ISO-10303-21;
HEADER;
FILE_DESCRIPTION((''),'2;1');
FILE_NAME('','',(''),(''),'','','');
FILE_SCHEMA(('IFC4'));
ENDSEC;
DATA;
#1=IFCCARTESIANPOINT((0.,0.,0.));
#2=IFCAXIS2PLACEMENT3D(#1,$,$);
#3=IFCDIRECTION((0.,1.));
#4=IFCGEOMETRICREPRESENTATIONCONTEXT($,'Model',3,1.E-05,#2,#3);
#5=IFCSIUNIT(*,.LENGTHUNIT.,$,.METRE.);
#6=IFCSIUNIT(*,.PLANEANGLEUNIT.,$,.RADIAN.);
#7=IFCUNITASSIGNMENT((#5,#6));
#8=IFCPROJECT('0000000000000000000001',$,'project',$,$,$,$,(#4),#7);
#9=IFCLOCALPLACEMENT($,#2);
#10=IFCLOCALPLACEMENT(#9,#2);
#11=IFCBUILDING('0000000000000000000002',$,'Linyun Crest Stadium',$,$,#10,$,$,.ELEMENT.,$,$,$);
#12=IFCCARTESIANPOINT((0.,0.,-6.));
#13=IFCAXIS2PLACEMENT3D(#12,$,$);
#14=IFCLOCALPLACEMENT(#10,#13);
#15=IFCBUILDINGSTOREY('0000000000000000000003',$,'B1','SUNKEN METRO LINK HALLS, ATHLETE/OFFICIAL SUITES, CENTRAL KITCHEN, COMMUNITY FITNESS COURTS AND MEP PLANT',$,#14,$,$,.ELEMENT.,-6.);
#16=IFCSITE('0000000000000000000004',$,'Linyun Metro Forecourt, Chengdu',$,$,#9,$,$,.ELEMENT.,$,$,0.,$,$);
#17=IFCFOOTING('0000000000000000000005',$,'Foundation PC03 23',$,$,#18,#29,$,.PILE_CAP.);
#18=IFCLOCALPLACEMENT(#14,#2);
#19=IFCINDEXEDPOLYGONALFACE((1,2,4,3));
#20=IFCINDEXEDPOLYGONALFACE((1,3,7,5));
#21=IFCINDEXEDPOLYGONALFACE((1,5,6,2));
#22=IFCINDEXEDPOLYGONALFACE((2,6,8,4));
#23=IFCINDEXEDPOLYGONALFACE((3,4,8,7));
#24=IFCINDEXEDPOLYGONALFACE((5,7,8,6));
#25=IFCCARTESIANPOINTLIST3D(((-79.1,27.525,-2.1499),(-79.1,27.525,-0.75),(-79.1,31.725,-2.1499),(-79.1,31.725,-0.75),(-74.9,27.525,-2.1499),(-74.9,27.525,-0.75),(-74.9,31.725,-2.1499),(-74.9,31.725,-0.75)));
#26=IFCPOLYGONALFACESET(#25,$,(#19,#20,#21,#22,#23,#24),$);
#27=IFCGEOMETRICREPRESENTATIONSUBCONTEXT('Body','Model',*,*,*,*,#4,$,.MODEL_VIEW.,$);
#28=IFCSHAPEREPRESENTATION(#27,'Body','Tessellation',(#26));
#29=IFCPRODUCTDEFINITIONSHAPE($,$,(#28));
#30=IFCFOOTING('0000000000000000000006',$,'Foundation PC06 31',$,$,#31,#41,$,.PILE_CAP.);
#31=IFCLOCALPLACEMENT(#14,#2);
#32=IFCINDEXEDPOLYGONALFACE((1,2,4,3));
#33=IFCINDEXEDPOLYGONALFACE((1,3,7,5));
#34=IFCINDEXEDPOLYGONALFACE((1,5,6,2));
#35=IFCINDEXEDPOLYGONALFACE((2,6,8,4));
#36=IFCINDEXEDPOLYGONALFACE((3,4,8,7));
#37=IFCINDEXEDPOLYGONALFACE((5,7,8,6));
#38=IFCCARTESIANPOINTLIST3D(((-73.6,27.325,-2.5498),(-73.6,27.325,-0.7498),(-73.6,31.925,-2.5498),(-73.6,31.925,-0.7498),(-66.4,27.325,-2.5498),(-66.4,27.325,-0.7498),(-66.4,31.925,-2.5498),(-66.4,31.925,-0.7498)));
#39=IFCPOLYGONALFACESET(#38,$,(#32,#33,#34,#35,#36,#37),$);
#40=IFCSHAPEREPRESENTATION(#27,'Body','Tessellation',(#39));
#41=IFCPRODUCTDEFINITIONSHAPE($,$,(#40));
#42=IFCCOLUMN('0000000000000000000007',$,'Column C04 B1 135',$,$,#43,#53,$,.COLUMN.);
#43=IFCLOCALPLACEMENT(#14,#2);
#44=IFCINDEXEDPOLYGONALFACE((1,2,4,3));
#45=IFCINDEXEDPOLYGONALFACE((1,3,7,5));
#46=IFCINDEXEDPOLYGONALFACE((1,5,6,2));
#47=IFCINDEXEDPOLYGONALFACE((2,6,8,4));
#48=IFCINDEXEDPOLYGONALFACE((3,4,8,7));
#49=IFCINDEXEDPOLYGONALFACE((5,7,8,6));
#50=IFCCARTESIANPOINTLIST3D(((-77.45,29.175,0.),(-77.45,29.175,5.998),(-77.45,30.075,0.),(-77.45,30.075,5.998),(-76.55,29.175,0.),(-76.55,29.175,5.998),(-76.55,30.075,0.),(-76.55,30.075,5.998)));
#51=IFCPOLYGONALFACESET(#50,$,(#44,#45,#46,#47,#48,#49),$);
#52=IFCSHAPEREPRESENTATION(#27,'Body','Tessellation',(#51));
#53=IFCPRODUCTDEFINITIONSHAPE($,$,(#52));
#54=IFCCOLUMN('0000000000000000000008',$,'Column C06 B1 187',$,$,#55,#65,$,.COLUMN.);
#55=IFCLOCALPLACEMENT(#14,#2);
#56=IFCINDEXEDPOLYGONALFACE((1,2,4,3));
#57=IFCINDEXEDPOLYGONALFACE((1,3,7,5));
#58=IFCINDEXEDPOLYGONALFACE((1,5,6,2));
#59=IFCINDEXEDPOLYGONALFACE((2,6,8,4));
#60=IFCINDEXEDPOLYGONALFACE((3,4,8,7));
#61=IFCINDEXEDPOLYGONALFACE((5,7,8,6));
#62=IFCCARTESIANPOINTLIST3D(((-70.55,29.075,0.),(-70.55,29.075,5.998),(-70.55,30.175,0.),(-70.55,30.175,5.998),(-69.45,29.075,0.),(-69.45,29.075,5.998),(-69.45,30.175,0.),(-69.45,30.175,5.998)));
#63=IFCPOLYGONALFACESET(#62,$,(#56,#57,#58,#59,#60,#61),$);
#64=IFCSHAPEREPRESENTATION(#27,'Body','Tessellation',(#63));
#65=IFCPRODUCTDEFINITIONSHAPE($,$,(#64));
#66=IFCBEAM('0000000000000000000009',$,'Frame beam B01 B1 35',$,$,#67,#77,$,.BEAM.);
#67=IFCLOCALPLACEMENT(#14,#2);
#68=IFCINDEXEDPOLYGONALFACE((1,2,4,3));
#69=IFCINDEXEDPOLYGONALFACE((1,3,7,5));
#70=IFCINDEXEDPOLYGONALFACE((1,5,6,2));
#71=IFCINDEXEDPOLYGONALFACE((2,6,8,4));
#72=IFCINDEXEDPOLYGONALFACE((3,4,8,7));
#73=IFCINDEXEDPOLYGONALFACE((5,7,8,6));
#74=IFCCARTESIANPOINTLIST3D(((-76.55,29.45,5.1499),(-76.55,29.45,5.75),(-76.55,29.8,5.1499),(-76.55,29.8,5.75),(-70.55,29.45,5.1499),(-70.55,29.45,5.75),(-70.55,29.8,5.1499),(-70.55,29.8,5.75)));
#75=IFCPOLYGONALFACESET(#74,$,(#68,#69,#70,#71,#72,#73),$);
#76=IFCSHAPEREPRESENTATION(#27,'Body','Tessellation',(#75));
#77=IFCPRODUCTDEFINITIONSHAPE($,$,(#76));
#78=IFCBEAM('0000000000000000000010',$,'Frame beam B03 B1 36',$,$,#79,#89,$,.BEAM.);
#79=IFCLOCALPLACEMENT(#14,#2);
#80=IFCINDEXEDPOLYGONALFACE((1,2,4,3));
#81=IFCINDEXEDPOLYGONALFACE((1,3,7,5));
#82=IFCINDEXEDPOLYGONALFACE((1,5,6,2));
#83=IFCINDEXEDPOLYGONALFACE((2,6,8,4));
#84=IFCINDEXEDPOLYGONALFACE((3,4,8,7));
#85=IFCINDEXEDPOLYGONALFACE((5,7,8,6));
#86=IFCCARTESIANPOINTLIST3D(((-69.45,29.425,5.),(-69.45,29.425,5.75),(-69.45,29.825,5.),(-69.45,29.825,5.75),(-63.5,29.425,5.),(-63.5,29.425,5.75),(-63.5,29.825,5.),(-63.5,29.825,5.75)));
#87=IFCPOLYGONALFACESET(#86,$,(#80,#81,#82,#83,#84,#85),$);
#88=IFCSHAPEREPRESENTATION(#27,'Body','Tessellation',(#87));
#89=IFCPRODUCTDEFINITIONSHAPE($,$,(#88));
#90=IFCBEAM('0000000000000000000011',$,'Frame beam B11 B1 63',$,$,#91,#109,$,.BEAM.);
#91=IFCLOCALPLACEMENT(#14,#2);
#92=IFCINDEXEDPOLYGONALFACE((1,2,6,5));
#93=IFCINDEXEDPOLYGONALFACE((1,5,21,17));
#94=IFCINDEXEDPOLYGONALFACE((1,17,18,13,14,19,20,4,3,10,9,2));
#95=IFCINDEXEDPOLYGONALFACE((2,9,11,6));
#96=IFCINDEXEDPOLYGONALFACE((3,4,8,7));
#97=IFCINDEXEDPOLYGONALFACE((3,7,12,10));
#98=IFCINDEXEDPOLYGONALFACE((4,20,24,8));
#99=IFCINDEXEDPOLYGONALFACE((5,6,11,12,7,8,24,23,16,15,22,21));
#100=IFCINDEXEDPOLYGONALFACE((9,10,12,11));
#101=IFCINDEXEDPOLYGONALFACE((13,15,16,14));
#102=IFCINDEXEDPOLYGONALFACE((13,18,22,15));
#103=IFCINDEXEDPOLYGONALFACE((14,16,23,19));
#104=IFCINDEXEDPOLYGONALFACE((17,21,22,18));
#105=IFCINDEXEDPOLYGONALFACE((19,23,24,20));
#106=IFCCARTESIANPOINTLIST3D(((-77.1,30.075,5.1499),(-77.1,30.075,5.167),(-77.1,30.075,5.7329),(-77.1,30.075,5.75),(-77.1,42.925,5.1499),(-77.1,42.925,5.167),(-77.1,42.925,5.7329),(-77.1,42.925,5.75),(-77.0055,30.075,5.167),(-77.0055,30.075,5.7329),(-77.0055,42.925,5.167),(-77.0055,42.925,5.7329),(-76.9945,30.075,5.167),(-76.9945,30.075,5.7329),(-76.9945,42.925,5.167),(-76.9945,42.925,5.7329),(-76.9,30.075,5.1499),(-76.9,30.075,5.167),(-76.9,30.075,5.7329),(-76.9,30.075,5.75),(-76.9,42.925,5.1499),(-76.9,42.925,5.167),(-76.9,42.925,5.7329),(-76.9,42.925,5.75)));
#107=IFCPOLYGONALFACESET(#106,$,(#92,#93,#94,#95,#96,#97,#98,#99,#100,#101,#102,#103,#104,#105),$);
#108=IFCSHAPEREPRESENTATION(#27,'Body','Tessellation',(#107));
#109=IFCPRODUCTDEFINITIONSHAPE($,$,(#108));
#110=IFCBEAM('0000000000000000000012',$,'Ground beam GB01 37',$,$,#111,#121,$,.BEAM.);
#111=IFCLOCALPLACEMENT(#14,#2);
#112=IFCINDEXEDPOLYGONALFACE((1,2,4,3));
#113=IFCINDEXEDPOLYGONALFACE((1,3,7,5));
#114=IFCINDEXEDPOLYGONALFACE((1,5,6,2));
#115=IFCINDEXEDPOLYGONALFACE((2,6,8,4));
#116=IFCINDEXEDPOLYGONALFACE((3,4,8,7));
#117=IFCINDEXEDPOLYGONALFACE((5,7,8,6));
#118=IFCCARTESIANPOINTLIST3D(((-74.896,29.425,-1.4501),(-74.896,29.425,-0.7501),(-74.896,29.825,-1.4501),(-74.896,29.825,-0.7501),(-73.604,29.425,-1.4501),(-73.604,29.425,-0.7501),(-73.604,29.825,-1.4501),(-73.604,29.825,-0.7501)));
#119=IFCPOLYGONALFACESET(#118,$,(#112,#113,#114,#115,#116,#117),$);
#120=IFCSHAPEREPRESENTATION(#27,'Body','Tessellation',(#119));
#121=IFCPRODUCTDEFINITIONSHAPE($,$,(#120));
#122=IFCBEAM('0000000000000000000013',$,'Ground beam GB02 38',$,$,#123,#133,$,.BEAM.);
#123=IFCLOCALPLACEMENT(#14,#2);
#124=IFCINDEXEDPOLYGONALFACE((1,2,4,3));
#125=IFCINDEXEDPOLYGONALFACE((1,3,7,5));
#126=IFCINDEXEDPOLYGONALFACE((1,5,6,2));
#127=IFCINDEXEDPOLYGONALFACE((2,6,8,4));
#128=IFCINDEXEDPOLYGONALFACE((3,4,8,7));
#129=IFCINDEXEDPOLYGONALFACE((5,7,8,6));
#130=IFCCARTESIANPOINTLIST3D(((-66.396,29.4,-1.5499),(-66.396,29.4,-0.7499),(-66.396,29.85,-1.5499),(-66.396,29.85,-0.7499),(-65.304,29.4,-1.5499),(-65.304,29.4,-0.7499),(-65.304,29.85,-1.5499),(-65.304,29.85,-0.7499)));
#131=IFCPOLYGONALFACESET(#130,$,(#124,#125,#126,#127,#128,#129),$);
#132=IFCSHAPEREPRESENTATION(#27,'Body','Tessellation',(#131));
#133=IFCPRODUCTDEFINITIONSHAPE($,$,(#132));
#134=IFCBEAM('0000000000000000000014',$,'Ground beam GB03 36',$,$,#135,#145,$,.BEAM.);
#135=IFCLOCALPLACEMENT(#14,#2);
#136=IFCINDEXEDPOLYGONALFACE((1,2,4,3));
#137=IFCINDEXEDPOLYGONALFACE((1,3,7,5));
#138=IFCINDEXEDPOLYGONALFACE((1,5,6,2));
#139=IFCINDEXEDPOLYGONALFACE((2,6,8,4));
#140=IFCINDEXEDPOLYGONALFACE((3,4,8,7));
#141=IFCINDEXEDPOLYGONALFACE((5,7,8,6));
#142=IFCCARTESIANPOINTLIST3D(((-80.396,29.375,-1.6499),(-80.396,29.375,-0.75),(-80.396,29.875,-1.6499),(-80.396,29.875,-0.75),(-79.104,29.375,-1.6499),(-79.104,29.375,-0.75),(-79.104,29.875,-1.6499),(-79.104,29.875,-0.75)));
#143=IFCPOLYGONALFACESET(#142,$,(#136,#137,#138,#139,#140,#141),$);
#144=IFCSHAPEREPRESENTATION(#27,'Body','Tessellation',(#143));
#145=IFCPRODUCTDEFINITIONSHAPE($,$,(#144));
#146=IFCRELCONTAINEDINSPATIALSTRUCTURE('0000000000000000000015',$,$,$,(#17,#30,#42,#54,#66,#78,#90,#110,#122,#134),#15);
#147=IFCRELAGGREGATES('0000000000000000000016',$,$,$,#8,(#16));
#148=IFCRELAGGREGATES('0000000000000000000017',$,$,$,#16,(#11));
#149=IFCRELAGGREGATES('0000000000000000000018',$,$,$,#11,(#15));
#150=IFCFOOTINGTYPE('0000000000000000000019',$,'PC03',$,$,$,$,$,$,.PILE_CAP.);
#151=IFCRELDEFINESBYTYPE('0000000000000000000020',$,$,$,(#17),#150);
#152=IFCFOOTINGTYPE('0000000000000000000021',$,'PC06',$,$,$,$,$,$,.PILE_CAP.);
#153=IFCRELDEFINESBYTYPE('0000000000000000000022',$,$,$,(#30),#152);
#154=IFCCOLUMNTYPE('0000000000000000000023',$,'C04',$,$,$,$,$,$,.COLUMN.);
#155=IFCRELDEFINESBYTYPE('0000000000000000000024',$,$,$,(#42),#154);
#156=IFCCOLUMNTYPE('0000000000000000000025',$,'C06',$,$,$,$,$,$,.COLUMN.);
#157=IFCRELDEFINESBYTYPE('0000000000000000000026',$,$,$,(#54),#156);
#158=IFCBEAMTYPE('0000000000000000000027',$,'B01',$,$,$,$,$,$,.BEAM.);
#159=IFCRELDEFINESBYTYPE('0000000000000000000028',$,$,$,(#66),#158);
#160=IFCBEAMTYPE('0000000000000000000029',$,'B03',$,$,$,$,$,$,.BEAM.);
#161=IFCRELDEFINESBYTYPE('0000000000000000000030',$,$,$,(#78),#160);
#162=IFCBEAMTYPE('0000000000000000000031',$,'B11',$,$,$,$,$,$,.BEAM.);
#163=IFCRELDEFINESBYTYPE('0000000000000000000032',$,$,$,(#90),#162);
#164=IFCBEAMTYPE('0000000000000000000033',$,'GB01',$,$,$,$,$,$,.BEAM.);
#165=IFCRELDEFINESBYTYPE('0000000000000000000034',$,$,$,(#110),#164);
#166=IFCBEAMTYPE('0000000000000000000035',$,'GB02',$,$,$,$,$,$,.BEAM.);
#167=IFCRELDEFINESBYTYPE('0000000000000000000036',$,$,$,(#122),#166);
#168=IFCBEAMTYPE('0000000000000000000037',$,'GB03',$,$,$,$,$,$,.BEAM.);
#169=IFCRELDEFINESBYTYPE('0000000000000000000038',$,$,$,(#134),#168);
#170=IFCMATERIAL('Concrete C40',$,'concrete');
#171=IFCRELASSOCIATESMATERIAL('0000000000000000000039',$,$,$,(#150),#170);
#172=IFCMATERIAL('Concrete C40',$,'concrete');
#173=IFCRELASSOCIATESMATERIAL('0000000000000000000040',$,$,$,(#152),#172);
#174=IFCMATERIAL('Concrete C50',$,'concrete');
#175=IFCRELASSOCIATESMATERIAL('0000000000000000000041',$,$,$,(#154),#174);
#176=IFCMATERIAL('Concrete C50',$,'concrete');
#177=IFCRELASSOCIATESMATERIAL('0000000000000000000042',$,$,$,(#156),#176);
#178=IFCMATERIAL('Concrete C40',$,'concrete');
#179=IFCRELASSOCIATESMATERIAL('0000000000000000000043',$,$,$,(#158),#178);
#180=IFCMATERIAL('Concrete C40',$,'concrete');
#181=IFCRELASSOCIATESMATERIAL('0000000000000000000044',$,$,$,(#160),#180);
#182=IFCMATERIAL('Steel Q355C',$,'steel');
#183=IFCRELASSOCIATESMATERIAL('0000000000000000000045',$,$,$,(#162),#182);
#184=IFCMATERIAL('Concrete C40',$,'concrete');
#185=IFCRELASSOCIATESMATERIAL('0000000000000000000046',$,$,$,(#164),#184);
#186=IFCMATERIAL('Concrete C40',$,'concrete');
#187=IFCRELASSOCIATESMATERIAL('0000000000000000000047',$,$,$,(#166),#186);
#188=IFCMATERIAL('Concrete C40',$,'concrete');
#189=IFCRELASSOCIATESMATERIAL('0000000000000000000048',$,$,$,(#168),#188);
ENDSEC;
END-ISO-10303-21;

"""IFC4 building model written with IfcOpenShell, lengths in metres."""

from ifc_helpers import new_model, si_unit, direction, frame, origin, origin_2d, place, context, subcontext, project, spatial, rectangle, i_section, extrude, material, material_profile, profile_set, type_object, element, save


model = new_model("IFC4")

# Units and contexts
model_context = context("Model", 3, precision=1e-05, world=origin(), true_north=direction((0.0, 1.0)))
body_context = subcontext(model_context, "Body", "Model", "MODEL_VIEW")
ifc_project = project(units=[si_unit("LENGTHUNIT", "METRE"), si_unit("PLANEANGLEUNIT", "RADIAN")], contexts=[model_context])

# Site, building, storey
site_placement = place(None, origin())
site = spatial("IfcSite", under=ifc_project, at=site_placement, Name="Linyun Metro Forecourt, Chengdu", CompositionType="ELEMENT", RefElevation=0.0)
building_placement = place(site_placement, origin())
building = spatial("IfcBuilding", under=site, at=building_placement, Name="Linyun Crest Stadium", CompositionType="ELEMENT")
storey_placement = place(building_placement, frame((0.0, 0.0, -6.0)))
storey = spatial("IfcBuildingStorey", under=building, at=storey_placement, Name="B1", Description="SUNKEN METRO LINK HALLS, ATHLETE/OFFICIAL SUITES, CENTRAL KITCHEN, COMMUNITY FITNESS COURTS AND MEP PLANT", CompositionType="ELEMENT", Elevation=-6.0)

# Footings
ifc_material_1 = material(Name="Concrete C40", Category="concrete")
footing_type_1 = type_object("IfcFootingType", Name="PC03", PredefinedType="PILE_CAP", material=ifc_material_1)
footing_1_placement = place(storey_placement, frame((-77.0, 29.625, -2.1499), z_axis=(0.0, 0.0, 1.0), x_axis=(1.0, 0.0, 0.0)))
element("IfcFooting", 1, at=footing_1_placement, inside=storey, type_object=footing_type_1, Name="Foundation PC03 23", PredefinedType="PILE_CAP", context=body_context, shape_type="SweptSolid", body=[
    extrude(rectangle(XDim=4.2, YDim=4.2, at=origin_2d()), origin(), (0.0, 0.0, 1.0), 1.3999),
])
ifc_material_2 = material(Name="Concrete C40", Category="concrete")
footing_type_2 = type_object("IfcFootingType", Name="PC06", PredefinedType="PILE_CAP", material=ifc_material_2)
footing_2_placement = place(storey_placement, frame((-70.0, 29.625, -2.5498), z_axis=(0.0, 0.0, 1.0), x_axis=(1.0, 0.0, 0.0)))
element("IfcFooting", 2, at=footing_2_placement, inside=storey, type_object=footing_type_2, Name="Foundation PC06 31", PredefinedType="PILE_CAP", context=body_context, shape_type="SweptSolid", body=[
    extrude(rectangle(XDim=7.2, YDim=4.6001, at=origin_2d()), origin(), (0.0, 0.0, 1.0), 1.8),
])

# Columns
ifc_material_3 = material(Name="Concrete C50", Category="concrete")
ifc_material_profile_1 = material_profile(ifc_material_3, rectangle(XDim=0.8999, YDim=0.8999, at=origin_2d()), Name="RC 900x900")
ifc_profile_set_1 = profile_set([ifc_material_profile_1], Name="Concrete C50")
column_type_1 = type_object("IfcColumnType", Name="C04", PredefinedType="COLUMN", material=ifc_profile_set_1)
column_1_placement = place(storey_placement, frame((-77.0, 29.625, 0.0), z_axis=(0.0, 0.0, 1.0), x_axis=(1.0, 0.0, 0.0)))
element("IfcColumn", 3, at=column_1_placement, inside=storey, type_object=column_type_1, Name="Column C04 B1 135", PredefinedType="COLUMN", context=body_context, shape_type="SweptSolid", body=[
    extrude(rectangle(XDim=0.8999, YDim=0.8999, at=origin_2d()), origin(), (0.0, 0.0, 1.0), 5.998),
])
ifc_material_4 = material(Name="Concrete C50", Category="concrete")
ifc_material_profile_2 = material_profile(ifc_material_4, rectangle(XDim=1.1001, YDim=1.1001, at=origin_2d()), Name="RC 1100x1100")
ifc_profile_set_2 = profile_set([ifc_material_profile_2], Name="Concrete C50")
column_type_2 = type_object("IfcColumnType", Name="C06", PredefinedType="COLUMN", material=ifc_profile_set_2)
column_2_placement = place(storey_placement, frame((-70.0, 29.625, 0.0), z_axis=(0.0, 0.0, 1.0), x_axis=(1.0, 0.0, 0.0)))
element("IfcColumn", 4, at=column_2_placement, inside=storey, type_object=column_type_2, Name="Column C06 B1 187", PredefinedType="COLUMN", context=body_context, shape_type="SweptSolid", body=[
    extrude(rectangle(XDim=1.1001, YDim=1.1001, at=origin_2d()), origin(), (0.0, 0.0, 1.0), 5.998),
])

# Beams
ifc_material_5 = material(Name="Concrete C40", Category="concrete")
ifc_material_profile_3 = material_profile(ifc_material_5, rectangle(XDim=0.3501, YDim=0.6001, at=origin_2d()), Name="RCB 600x350")
ifc_profile_set_3 = profile_set([ifc_material_profile_3], Name="Concrete C40")
beam_type_1 = type_object("IfcBeamType", Name="B01", PredefinedType="BEAM", material=ifc_profile_set_3)
beam_1_placement = place(storey_placement, frame((-76.55, 29.625, 5.45), z_axis=(1.0, 0.0, 0.0), x_axis=(0.0, 1.0, 0.0)))
element("IfcBeam", 5, at=beam_1_placement, inside=storey, type_object=beam_type_1, Name="Frame beam B01 B1 35", PredefinedType="BEAM", context=body_context, shape_type="SweptSolid", body=[
    extrude(rectangle(XDim=0.3501, YDim=0.6001, at=origin_2d()), origin(), (0.0, 0.0, 1.0), 6.0),
])
ifc_material_6 = material(Name="Concrete C40", Category="concrete")
ifc_material_profile_4 = material_profile(ifc_material_6, rectangle(XDim=0.3999, YDim=0.75, at=origin_2d()), Name="RCB 750x400")
ifc_profile_set_4 = profile_set([ifc_material_profile_4], Name="Concrete C40")
beam_type_2 = type_object("IfcBeamType", Name="B03", PredefinedType="BEAM", material=ifc_profile_set_4)
beam_2_placement = place(storey_placement, frame((-69.45, 29.625, 5.375), z_axis=(1.0, 0.0, 0.0), x_axis=(0.0, 1.0, 0.0)))
element("IfcBeam", 6, at=beam_2_placement, inside=storey, type_object=beam_type_2, Name="Frame beam B03 B1 36", PredefinedType="BEAM", context=body_context, shape_type="SweptSolid", body=[
    extrude(rectangle(XDim=0.3999, YDim=0.75, at=origin_2d()), origin(), (0.0, 0.0, 1.0), 5.95),
])
ifc_material_7 = material(Name="Steel Q355C", Category="steel")
ifc_material_profile_5 = material_profile(ifc_material_7, i_section(OverallWidth=0.2, OverallDepth=0.6001, WebThickness=0.011, FlangeThickness=0.0171, at=origin_2d()), Name="HN 600x200")
ifc_profile_set_5 = profile_set([ifc_material_profile_5], Name="Steel Q355C")
beam_type_3 = type_object("IfcBeamType", Name="B11", PredefinedType="BEAM", material=ifc_profile_set_5)
beam_3_placement = place(storey_placement, frame((-77.0, 30.075, 5.45), z_axis=(0.0, 1.0, 0.0), x_axis=(-1.0, 0.0, 0.0)))
element("IfcBeam", 7, at=beam_3_placement, inside=storey, type_object=beam_type_3, Name="Frame beam B11 B1 63", PredefinedType="BEAM", context=body_context, shape_type="SweptSolid", body=[
    extrude(i_section(OverallWidth=0.2, OverallDepth=0.6001, WebThickness=0.011, FlangeThickness=0.0171, at=origin_2d()), origin(), (0.0, 0.0, 1.0), 12.8501),
])
ifc_material_8 = material(Name="Concrete C40", Category="concrete")
ifc_material_profile_6 = material_profile(ifc_material_8, rectangle(XDim=0.3999, YDim=0.7, at=origin_2d()), Name="RCB 700x400")
ifc_profile_set_6 = profile_set([ifc_material_profile_6], Name="Concrete C40")
beam_type_4 = type_object("IfcBeamType", Name="GB01", PredefinedType="BEAM", material=ifc_profile_set_6)
beam_4_placement = place(storey_placement, frame((-74.896, 29.625, -1.1001), z_axis=(1.0, 0.0, 0.0), x_axis=(0.0, 1.0, 0.0)))
element("IfcBeam", 8, at=beam_4_placement, inside=storey, type_object=beam_type_4, Name="Ground beam GB01 37", PredefinedType="BEAM", context=body_context, shape_type="SweptSolid", body=[
    extrude(rectangle(XDim=0.3999, YDim=0.7, at=origin_2d()), origin(), (0.0, 0.0, 1.0), 1.292),
])
ifc_material_9 = material(Name="Concrete C40", Category="concrete")
ifc_material_profile_7 = material_profile(ifc_material_9, rectangle(XDim=0.45, YDim=0.8, at=origin_2d()), Name="RCB 800x450")
ifc_profile_set_7 = profile_set([ifc_material_profile_7], Name="Concrete C40")
beam_type_5 = type_object("IfcBeamType", Name="GB02", PredefinedType="BEAM", material=ifc_profile_set_7)
beam_5_placement = place(storey_placement, frame((-66.396, 29.625, -1.1499), z_axis=(1.0, 0.0, 0.0), x_axis=(0.0, 1.0, 0.0)))
element("IfcBeam", 9, at=beam_5_placement, inside=storey, type_object=beam_type_5, Name="Ground beam GB02 38", PredefinedType="BEAM", context=body_context, shape_type="SweptSolid", body=[
    extrude(rectangle(XDim=0.45, YDim=0.8, at=origin_2d()), origin(), (0.0, 0.0, 1.0), 1.092),
])
ifc_material_10 = material(Name="Concrete C40", Category="concrete")
ifc_material_profile_8 = material_profile(ifc_material_10, rectangle(XDim=0.5, YDim=0.8999, at=origin_2d()), Name="RCB 900x500")
ifc_profile_set_8 = profile_set([ifc_material_profile_8], Name="Concrete C40")
beam_type_6 = type_object("IfcBeamType", Name="GB03", PredefinedType="BEAM", material=ifc_profile_set_8)
beam_6_placement = place(storey_placement, frame((-80.396, 29.625, -1.2), z_axis=(1.0, 0.0, 0.0), x_axis=(0.0, 1.0, 0.0)))
element("IfcBeam", 10, at=beam_6_placement, inside=storey, type_object=beam_type_6, Name="Ground beam GB03 36", PredefinedType="BEAM", context=body_context, shape_type="SweptSolid", body=[
    extrude(rectangle(XDim=0.5, YDim=0.8999, at=origin_2d()), origin(), (0.0, 0.0, 1.0), 1.292),
])

save(model, "model.ifc")
